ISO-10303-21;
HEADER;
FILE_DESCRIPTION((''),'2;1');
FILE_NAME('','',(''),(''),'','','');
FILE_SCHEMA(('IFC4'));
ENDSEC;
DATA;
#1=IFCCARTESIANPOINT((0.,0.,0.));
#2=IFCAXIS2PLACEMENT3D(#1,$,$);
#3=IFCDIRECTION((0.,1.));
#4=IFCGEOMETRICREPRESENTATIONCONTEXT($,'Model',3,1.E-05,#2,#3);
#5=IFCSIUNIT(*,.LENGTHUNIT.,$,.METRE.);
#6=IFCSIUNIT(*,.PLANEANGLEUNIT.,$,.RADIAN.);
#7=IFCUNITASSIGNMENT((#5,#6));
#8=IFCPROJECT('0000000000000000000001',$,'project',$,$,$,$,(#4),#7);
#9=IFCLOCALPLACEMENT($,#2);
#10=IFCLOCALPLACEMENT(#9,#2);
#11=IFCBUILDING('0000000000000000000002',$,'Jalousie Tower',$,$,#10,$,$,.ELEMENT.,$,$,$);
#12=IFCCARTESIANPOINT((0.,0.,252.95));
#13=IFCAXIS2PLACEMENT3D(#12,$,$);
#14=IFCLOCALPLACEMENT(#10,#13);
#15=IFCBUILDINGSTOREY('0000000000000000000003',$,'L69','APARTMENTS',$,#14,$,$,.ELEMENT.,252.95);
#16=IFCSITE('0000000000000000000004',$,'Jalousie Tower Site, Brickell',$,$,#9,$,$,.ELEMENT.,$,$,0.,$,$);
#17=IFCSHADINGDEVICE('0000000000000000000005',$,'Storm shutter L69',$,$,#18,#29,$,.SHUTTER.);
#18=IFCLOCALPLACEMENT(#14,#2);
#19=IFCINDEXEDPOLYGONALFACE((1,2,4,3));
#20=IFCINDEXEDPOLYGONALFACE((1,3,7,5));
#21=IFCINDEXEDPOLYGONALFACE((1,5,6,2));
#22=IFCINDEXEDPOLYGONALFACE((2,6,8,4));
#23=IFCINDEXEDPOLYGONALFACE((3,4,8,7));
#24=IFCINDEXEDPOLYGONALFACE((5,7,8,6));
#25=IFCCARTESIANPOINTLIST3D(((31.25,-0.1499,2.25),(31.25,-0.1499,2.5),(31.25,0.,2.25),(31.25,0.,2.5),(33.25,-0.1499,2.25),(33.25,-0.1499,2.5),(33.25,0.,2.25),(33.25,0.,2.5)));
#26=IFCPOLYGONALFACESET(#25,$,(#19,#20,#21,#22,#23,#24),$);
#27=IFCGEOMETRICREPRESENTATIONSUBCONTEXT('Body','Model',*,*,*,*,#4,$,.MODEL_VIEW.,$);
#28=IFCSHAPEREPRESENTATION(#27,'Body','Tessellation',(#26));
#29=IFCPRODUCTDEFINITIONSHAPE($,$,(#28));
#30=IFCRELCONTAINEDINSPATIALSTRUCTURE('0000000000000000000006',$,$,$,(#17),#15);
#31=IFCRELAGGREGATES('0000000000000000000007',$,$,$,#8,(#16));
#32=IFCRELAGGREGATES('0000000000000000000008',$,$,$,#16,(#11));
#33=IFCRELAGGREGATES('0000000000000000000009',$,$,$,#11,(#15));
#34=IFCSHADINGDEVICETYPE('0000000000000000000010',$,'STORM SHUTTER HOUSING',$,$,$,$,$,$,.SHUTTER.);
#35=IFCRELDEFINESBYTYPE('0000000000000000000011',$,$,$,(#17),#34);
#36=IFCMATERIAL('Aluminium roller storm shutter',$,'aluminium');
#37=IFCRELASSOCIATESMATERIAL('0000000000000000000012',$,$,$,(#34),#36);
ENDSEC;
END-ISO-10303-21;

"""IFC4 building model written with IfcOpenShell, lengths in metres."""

from ifc_helpers import new_model, si_unit, direction, frame, origin, origin_2d, place, context, subcontext, project, spatial, rectangle, extrude, material, type_object, element, save


model = new_model("IFC4")

# Units and contexts
model_context = context("Model", 3, precision=1e-05, world=origin(), true_north=direction((0.0, 1.0)))
body_context = subcontext(model_context, "Body", "Model", "MODEL_VIEW")
ifc_project = project(units=[si_unit("LENGTHUNIT", "METRE"), si_unit("PLANEANGLEUNIT", "RADIAN")], contexts=[model_context])

# Site, building, storey
site_placement = place(None, origin())
site = spatial("IfcSite", under=ifc_project, at=site_placement, Name="Jalousie Tower Site, Brickell", CompositionType="ELEMENT", RefElevation=0.0)
building_placement = place(site_placement, origin())
building = spatial("IfcBuilding", under=site, at=building_placement, Name="Jalousie Tower", CompositionType="ELEMENT")
storey_placement = place(building_placement, frame((0.0, 0.0, 252.95)))
storey = spatial("IfcBuildingStorey", under=building, at=storey_placement, Name="L69", Description="APARTMENTS", CompositionType="ELEMENT", Elevation=252.95)

# Shading device
ifc_material_1 = material(Name="Aluminium roller storm shutter", Category="aluminium")
shading_device_type_1 = type_object("IfcShadingDeviceType", Name="STORM SHUTTER HOUSING", PredefinedType="SHUTTER", material=ifc_material_1)
for number, where, z_axis, x_axis, name in (
    (1, (32.25, -0.075, 2.25), (0.0, 0.0, 1.0), (1.0, 0.0, 0.0), "Storm shutter L69"),
):
    element("IfcShadingDevice", number, at=place(storey_placement, frame(where, z_axis=z_axis, x_axis=x_axis)), inside=storey, type_object=shading_device_type_1, Name=name, PredefinedType="SHUTTER", context=body_context, shape_type="SweptSolid", body=[
        extrude(rectangle(XDim=2.0, YDim=0.1499, at=origin_2d()), origin(), (0.0, 0.0, 1.0), 0.25),
    ])

save(model, "model.ifc")
